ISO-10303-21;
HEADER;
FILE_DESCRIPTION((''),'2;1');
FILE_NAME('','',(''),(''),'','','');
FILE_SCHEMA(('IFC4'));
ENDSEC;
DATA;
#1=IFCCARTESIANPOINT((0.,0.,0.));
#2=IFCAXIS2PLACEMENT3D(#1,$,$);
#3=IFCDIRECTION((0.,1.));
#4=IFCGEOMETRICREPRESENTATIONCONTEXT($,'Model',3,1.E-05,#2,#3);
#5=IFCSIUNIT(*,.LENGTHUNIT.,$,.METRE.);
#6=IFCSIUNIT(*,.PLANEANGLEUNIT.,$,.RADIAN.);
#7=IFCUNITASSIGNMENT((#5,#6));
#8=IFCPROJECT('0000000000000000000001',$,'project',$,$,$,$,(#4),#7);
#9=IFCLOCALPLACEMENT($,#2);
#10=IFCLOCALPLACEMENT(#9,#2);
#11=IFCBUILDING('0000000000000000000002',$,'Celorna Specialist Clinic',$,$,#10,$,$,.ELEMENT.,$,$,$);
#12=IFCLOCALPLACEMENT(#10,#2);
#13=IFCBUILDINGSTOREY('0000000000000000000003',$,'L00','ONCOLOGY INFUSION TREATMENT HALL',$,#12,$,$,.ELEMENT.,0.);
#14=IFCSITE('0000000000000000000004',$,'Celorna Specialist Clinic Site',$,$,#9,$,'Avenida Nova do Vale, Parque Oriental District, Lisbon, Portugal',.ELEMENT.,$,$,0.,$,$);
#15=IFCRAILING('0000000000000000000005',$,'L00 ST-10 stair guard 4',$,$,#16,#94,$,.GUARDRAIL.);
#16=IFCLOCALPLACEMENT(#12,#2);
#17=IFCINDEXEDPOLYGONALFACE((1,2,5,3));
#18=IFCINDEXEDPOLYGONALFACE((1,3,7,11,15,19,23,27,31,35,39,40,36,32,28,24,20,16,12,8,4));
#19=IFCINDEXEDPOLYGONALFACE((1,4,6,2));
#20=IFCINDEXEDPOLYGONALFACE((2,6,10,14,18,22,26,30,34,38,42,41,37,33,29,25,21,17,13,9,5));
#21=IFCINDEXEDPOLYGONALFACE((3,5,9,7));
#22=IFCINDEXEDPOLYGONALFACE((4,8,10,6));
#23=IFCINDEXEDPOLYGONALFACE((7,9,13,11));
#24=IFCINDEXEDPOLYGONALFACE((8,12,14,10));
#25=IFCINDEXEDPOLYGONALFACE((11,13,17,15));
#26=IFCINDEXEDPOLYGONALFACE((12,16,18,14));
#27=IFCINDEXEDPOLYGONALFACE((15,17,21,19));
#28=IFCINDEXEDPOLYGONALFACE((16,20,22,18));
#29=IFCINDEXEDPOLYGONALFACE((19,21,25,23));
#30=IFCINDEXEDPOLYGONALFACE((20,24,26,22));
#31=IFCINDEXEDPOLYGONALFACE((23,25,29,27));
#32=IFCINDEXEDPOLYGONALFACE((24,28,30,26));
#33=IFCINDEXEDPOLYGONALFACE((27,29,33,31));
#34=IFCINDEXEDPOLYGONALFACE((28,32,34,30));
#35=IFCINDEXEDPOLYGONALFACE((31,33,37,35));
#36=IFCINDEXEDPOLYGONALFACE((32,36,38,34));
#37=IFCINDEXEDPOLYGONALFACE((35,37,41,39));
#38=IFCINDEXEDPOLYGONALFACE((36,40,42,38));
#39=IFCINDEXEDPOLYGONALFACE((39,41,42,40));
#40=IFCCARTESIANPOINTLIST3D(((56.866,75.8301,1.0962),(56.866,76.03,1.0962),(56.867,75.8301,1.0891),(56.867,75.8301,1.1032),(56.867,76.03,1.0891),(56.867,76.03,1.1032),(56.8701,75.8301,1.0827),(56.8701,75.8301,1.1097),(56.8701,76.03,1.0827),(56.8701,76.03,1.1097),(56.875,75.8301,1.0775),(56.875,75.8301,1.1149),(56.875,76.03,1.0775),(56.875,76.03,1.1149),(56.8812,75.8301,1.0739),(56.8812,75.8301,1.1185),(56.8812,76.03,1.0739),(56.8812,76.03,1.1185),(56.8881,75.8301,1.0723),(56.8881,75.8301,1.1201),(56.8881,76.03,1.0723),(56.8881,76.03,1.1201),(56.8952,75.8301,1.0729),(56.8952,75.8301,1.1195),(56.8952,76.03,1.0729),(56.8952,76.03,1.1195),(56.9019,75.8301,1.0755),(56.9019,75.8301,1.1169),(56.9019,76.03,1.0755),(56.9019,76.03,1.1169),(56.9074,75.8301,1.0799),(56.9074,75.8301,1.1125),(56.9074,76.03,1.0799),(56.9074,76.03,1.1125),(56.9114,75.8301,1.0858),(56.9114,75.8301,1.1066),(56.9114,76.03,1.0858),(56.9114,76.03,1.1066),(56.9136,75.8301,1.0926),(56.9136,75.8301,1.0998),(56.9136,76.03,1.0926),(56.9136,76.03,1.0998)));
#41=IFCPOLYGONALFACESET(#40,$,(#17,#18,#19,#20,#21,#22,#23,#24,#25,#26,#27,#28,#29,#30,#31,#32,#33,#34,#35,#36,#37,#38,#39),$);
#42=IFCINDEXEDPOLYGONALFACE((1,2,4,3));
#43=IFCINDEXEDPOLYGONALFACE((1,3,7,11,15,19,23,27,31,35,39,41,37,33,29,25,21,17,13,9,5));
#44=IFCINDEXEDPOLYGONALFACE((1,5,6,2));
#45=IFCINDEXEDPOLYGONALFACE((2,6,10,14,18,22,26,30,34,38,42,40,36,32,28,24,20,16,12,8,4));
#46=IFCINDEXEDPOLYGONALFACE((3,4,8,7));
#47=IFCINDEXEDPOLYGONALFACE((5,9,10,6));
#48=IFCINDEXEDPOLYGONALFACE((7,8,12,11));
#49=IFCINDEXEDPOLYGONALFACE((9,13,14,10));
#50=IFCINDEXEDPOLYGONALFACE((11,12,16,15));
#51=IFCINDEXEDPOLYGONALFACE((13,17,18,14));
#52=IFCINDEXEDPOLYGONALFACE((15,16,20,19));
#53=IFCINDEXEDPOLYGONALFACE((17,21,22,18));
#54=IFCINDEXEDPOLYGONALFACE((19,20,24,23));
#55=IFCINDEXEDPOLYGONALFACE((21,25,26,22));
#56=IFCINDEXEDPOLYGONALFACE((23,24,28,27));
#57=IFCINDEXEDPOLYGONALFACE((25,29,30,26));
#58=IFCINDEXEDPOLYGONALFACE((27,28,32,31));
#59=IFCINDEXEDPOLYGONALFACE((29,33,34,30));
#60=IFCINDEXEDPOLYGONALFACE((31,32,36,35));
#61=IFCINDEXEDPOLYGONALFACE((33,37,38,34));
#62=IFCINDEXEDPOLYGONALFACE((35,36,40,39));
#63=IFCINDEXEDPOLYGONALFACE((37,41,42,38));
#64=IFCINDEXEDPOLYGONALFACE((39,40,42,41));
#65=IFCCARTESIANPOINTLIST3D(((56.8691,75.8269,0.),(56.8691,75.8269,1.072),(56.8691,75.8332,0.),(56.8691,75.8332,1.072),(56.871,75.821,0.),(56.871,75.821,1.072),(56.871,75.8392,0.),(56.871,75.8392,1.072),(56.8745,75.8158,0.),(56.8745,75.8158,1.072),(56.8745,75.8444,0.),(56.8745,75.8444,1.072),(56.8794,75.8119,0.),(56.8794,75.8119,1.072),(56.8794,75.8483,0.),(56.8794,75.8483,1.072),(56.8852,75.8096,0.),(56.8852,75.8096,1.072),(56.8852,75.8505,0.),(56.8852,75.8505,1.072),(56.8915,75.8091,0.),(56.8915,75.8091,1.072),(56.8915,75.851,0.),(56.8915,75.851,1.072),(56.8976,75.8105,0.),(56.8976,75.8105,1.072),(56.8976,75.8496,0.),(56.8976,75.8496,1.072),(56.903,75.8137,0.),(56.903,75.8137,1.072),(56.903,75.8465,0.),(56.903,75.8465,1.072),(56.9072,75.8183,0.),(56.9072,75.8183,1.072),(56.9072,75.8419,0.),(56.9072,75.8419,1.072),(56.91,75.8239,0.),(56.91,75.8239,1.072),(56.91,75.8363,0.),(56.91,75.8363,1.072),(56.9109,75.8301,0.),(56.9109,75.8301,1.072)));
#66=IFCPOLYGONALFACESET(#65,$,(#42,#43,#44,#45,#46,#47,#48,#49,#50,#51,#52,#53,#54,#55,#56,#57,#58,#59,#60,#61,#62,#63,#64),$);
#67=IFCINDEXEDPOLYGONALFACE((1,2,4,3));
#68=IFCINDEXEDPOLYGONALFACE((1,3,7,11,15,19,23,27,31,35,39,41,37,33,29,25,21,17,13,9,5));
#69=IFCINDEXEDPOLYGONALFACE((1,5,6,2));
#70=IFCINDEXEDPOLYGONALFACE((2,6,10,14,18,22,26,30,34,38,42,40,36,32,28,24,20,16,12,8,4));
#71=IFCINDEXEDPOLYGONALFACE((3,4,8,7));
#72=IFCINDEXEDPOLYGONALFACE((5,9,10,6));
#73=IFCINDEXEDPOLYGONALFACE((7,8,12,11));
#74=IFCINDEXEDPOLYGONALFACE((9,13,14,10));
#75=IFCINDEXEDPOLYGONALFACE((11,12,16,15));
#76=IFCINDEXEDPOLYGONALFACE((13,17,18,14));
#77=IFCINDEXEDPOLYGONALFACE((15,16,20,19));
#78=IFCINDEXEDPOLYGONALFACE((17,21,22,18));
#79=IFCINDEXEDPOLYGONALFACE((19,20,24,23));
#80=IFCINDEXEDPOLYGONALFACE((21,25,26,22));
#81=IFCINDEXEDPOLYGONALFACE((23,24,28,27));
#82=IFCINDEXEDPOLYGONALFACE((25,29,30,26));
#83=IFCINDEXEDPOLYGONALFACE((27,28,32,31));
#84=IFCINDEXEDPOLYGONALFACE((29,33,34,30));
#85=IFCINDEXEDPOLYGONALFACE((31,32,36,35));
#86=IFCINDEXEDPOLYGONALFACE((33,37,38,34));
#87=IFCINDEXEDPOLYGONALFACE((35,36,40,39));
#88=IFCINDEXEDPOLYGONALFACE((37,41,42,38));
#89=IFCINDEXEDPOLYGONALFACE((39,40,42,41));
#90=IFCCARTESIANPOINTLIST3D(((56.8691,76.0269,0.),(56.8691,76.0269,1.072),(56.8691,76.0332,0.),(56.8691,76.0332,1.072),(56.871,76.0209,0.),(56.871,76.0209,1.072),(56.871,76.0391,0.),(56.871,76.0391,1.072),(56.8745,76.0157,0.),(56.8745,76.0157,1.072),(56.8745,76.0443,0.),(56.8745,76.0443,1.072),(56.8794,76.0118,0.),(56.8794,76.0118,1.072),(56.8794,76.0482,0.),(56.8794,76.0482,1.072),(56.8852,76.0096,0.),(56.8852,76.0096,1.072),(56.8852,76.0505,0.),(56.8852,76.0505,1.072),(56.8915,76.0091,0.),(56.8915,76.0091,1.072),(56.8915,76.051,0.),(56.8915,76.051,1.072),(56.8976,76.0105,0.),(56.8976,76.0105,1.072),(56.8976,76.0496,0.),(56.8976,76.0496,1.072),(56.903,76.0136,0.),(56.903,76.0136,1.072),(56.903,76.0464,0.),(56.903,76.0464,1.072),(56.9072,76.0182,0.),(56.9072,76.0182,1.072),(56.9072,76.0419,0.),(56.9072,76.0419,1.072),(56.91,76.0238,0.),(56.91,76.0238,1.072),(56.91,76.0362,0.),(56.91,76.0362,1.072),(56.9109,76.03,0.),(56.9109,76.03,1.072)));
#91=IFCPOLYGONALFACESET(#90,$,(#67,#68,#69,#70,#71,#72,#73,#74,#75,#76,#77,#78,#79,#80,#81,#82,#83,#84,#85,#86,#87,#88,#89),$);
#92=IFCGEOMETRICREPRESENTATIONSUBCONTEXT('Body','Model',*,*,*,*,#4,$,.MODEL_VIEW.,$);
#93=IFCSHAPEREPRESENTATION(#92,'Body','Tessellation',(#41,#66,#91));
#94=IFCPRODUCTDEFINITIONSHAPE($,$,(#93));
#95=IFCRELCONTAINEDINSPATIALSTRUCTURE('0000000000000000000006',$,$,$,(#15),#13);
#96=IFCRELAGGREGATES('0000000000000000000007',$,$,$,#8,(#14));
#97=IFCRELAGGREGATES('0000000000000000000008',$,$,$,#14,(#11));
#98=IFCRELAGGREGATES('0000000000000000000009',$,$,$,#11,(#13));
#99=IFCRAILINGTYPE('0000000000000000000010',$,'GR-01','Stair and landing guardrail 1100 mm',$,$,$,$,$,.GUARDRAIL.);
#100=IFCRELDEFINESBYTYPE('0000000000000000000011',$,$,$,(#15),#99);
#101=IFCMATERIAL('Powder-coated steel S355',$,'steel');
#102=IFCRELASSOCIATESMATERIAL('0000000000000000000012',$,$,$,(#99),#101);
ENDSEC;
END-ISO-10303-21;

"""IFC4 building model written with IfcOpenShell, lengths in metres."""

from ifc_helpers import new_model, si_unit, direction, frame, origin, origin_2d, place, context, subcontext, project, spatial, circle, extrude, material, type_object, element, save


model = new_model("IFC4")

# Units and contexts
model_context = context("Model", 3, precision=1e-05, world=origin(), true_north=direction((0.0, 1.0)))
body_context = subcontext(model_context, "Body", "Model", "MODEL_VIEW")
ifc_project = project(units=[si_unit("LENGTHUNIT", "METRE"), si_unit("PLANEANGLEUNIT", "RADIAN")], contexts=[model_context])

# Site, building, storey
site_placement = place(None, origin())
site = spatial("IfcSite", under=ifc_project, at=site_placement, Name="Celorna Specialist Clinic Site", LongName="Avenida Nova do Vale, Parque Oriental District, Lisbon, Portugal", CompositionType="ELEMENT", RefElevation=0.0)
building_placement = place(site_placement, origin())
building = spatial("IfcBuilding", under=site, at=building_placement, Name="Celorna Specialist Clinic", CompositionType="ELEMENT")
storey_placement = place(building_placement, origin())
storey = spatial("IfcBuildingStorey", under=building, at=storey_placement, Name="L00", Description="ONCOLOGY INFUSION TREATMENT HALL", CompositionType="ELEMENT", Elevation=0.0)

# Railing
ifc_material_1 = material(Name="Powder-coated steel S355", Category="steel")
railing_type_1 = type_object("IfcRailingType", Name="GR-01", Description="Stair and landing guardrail 1100 mm", PredefinedType="GUARDRAIL", material=ifc_material_1)
railing_1_placement = place(storey_placement, frame((56.8899, 75.8301, 0.0)))
element("IfcRailing", 1, at=railing_1_placement, inside=storey, type_object=railing_type_1, Name="L00 ST-10 stair guard 4", PredefinedType="GUARDRAIL", context=body_context, shape_type="SweptSolid", body=[
    extrude(circle(Radius=0.0239, at=origin_2d()), frame((0.0, 0.0, 1.0962), z_axis=(0.0, 1.0, 0.0), x_axis=(-1.0, 0.0, 0.0)), (0.0, 0.0, 1.0), 0.2),
    extrude(circle(Radius=0.021, at=origin_2d()), origin(), (0.0, 0.0, 1.0), 1.072),
    extrude(circle(Radius=0.021, at=origin_2d()), frame((0.0, 0.2, 0.0)), (0.0, 0.0, 1.0), 1.072),
])

save(model, "model.ifc")
